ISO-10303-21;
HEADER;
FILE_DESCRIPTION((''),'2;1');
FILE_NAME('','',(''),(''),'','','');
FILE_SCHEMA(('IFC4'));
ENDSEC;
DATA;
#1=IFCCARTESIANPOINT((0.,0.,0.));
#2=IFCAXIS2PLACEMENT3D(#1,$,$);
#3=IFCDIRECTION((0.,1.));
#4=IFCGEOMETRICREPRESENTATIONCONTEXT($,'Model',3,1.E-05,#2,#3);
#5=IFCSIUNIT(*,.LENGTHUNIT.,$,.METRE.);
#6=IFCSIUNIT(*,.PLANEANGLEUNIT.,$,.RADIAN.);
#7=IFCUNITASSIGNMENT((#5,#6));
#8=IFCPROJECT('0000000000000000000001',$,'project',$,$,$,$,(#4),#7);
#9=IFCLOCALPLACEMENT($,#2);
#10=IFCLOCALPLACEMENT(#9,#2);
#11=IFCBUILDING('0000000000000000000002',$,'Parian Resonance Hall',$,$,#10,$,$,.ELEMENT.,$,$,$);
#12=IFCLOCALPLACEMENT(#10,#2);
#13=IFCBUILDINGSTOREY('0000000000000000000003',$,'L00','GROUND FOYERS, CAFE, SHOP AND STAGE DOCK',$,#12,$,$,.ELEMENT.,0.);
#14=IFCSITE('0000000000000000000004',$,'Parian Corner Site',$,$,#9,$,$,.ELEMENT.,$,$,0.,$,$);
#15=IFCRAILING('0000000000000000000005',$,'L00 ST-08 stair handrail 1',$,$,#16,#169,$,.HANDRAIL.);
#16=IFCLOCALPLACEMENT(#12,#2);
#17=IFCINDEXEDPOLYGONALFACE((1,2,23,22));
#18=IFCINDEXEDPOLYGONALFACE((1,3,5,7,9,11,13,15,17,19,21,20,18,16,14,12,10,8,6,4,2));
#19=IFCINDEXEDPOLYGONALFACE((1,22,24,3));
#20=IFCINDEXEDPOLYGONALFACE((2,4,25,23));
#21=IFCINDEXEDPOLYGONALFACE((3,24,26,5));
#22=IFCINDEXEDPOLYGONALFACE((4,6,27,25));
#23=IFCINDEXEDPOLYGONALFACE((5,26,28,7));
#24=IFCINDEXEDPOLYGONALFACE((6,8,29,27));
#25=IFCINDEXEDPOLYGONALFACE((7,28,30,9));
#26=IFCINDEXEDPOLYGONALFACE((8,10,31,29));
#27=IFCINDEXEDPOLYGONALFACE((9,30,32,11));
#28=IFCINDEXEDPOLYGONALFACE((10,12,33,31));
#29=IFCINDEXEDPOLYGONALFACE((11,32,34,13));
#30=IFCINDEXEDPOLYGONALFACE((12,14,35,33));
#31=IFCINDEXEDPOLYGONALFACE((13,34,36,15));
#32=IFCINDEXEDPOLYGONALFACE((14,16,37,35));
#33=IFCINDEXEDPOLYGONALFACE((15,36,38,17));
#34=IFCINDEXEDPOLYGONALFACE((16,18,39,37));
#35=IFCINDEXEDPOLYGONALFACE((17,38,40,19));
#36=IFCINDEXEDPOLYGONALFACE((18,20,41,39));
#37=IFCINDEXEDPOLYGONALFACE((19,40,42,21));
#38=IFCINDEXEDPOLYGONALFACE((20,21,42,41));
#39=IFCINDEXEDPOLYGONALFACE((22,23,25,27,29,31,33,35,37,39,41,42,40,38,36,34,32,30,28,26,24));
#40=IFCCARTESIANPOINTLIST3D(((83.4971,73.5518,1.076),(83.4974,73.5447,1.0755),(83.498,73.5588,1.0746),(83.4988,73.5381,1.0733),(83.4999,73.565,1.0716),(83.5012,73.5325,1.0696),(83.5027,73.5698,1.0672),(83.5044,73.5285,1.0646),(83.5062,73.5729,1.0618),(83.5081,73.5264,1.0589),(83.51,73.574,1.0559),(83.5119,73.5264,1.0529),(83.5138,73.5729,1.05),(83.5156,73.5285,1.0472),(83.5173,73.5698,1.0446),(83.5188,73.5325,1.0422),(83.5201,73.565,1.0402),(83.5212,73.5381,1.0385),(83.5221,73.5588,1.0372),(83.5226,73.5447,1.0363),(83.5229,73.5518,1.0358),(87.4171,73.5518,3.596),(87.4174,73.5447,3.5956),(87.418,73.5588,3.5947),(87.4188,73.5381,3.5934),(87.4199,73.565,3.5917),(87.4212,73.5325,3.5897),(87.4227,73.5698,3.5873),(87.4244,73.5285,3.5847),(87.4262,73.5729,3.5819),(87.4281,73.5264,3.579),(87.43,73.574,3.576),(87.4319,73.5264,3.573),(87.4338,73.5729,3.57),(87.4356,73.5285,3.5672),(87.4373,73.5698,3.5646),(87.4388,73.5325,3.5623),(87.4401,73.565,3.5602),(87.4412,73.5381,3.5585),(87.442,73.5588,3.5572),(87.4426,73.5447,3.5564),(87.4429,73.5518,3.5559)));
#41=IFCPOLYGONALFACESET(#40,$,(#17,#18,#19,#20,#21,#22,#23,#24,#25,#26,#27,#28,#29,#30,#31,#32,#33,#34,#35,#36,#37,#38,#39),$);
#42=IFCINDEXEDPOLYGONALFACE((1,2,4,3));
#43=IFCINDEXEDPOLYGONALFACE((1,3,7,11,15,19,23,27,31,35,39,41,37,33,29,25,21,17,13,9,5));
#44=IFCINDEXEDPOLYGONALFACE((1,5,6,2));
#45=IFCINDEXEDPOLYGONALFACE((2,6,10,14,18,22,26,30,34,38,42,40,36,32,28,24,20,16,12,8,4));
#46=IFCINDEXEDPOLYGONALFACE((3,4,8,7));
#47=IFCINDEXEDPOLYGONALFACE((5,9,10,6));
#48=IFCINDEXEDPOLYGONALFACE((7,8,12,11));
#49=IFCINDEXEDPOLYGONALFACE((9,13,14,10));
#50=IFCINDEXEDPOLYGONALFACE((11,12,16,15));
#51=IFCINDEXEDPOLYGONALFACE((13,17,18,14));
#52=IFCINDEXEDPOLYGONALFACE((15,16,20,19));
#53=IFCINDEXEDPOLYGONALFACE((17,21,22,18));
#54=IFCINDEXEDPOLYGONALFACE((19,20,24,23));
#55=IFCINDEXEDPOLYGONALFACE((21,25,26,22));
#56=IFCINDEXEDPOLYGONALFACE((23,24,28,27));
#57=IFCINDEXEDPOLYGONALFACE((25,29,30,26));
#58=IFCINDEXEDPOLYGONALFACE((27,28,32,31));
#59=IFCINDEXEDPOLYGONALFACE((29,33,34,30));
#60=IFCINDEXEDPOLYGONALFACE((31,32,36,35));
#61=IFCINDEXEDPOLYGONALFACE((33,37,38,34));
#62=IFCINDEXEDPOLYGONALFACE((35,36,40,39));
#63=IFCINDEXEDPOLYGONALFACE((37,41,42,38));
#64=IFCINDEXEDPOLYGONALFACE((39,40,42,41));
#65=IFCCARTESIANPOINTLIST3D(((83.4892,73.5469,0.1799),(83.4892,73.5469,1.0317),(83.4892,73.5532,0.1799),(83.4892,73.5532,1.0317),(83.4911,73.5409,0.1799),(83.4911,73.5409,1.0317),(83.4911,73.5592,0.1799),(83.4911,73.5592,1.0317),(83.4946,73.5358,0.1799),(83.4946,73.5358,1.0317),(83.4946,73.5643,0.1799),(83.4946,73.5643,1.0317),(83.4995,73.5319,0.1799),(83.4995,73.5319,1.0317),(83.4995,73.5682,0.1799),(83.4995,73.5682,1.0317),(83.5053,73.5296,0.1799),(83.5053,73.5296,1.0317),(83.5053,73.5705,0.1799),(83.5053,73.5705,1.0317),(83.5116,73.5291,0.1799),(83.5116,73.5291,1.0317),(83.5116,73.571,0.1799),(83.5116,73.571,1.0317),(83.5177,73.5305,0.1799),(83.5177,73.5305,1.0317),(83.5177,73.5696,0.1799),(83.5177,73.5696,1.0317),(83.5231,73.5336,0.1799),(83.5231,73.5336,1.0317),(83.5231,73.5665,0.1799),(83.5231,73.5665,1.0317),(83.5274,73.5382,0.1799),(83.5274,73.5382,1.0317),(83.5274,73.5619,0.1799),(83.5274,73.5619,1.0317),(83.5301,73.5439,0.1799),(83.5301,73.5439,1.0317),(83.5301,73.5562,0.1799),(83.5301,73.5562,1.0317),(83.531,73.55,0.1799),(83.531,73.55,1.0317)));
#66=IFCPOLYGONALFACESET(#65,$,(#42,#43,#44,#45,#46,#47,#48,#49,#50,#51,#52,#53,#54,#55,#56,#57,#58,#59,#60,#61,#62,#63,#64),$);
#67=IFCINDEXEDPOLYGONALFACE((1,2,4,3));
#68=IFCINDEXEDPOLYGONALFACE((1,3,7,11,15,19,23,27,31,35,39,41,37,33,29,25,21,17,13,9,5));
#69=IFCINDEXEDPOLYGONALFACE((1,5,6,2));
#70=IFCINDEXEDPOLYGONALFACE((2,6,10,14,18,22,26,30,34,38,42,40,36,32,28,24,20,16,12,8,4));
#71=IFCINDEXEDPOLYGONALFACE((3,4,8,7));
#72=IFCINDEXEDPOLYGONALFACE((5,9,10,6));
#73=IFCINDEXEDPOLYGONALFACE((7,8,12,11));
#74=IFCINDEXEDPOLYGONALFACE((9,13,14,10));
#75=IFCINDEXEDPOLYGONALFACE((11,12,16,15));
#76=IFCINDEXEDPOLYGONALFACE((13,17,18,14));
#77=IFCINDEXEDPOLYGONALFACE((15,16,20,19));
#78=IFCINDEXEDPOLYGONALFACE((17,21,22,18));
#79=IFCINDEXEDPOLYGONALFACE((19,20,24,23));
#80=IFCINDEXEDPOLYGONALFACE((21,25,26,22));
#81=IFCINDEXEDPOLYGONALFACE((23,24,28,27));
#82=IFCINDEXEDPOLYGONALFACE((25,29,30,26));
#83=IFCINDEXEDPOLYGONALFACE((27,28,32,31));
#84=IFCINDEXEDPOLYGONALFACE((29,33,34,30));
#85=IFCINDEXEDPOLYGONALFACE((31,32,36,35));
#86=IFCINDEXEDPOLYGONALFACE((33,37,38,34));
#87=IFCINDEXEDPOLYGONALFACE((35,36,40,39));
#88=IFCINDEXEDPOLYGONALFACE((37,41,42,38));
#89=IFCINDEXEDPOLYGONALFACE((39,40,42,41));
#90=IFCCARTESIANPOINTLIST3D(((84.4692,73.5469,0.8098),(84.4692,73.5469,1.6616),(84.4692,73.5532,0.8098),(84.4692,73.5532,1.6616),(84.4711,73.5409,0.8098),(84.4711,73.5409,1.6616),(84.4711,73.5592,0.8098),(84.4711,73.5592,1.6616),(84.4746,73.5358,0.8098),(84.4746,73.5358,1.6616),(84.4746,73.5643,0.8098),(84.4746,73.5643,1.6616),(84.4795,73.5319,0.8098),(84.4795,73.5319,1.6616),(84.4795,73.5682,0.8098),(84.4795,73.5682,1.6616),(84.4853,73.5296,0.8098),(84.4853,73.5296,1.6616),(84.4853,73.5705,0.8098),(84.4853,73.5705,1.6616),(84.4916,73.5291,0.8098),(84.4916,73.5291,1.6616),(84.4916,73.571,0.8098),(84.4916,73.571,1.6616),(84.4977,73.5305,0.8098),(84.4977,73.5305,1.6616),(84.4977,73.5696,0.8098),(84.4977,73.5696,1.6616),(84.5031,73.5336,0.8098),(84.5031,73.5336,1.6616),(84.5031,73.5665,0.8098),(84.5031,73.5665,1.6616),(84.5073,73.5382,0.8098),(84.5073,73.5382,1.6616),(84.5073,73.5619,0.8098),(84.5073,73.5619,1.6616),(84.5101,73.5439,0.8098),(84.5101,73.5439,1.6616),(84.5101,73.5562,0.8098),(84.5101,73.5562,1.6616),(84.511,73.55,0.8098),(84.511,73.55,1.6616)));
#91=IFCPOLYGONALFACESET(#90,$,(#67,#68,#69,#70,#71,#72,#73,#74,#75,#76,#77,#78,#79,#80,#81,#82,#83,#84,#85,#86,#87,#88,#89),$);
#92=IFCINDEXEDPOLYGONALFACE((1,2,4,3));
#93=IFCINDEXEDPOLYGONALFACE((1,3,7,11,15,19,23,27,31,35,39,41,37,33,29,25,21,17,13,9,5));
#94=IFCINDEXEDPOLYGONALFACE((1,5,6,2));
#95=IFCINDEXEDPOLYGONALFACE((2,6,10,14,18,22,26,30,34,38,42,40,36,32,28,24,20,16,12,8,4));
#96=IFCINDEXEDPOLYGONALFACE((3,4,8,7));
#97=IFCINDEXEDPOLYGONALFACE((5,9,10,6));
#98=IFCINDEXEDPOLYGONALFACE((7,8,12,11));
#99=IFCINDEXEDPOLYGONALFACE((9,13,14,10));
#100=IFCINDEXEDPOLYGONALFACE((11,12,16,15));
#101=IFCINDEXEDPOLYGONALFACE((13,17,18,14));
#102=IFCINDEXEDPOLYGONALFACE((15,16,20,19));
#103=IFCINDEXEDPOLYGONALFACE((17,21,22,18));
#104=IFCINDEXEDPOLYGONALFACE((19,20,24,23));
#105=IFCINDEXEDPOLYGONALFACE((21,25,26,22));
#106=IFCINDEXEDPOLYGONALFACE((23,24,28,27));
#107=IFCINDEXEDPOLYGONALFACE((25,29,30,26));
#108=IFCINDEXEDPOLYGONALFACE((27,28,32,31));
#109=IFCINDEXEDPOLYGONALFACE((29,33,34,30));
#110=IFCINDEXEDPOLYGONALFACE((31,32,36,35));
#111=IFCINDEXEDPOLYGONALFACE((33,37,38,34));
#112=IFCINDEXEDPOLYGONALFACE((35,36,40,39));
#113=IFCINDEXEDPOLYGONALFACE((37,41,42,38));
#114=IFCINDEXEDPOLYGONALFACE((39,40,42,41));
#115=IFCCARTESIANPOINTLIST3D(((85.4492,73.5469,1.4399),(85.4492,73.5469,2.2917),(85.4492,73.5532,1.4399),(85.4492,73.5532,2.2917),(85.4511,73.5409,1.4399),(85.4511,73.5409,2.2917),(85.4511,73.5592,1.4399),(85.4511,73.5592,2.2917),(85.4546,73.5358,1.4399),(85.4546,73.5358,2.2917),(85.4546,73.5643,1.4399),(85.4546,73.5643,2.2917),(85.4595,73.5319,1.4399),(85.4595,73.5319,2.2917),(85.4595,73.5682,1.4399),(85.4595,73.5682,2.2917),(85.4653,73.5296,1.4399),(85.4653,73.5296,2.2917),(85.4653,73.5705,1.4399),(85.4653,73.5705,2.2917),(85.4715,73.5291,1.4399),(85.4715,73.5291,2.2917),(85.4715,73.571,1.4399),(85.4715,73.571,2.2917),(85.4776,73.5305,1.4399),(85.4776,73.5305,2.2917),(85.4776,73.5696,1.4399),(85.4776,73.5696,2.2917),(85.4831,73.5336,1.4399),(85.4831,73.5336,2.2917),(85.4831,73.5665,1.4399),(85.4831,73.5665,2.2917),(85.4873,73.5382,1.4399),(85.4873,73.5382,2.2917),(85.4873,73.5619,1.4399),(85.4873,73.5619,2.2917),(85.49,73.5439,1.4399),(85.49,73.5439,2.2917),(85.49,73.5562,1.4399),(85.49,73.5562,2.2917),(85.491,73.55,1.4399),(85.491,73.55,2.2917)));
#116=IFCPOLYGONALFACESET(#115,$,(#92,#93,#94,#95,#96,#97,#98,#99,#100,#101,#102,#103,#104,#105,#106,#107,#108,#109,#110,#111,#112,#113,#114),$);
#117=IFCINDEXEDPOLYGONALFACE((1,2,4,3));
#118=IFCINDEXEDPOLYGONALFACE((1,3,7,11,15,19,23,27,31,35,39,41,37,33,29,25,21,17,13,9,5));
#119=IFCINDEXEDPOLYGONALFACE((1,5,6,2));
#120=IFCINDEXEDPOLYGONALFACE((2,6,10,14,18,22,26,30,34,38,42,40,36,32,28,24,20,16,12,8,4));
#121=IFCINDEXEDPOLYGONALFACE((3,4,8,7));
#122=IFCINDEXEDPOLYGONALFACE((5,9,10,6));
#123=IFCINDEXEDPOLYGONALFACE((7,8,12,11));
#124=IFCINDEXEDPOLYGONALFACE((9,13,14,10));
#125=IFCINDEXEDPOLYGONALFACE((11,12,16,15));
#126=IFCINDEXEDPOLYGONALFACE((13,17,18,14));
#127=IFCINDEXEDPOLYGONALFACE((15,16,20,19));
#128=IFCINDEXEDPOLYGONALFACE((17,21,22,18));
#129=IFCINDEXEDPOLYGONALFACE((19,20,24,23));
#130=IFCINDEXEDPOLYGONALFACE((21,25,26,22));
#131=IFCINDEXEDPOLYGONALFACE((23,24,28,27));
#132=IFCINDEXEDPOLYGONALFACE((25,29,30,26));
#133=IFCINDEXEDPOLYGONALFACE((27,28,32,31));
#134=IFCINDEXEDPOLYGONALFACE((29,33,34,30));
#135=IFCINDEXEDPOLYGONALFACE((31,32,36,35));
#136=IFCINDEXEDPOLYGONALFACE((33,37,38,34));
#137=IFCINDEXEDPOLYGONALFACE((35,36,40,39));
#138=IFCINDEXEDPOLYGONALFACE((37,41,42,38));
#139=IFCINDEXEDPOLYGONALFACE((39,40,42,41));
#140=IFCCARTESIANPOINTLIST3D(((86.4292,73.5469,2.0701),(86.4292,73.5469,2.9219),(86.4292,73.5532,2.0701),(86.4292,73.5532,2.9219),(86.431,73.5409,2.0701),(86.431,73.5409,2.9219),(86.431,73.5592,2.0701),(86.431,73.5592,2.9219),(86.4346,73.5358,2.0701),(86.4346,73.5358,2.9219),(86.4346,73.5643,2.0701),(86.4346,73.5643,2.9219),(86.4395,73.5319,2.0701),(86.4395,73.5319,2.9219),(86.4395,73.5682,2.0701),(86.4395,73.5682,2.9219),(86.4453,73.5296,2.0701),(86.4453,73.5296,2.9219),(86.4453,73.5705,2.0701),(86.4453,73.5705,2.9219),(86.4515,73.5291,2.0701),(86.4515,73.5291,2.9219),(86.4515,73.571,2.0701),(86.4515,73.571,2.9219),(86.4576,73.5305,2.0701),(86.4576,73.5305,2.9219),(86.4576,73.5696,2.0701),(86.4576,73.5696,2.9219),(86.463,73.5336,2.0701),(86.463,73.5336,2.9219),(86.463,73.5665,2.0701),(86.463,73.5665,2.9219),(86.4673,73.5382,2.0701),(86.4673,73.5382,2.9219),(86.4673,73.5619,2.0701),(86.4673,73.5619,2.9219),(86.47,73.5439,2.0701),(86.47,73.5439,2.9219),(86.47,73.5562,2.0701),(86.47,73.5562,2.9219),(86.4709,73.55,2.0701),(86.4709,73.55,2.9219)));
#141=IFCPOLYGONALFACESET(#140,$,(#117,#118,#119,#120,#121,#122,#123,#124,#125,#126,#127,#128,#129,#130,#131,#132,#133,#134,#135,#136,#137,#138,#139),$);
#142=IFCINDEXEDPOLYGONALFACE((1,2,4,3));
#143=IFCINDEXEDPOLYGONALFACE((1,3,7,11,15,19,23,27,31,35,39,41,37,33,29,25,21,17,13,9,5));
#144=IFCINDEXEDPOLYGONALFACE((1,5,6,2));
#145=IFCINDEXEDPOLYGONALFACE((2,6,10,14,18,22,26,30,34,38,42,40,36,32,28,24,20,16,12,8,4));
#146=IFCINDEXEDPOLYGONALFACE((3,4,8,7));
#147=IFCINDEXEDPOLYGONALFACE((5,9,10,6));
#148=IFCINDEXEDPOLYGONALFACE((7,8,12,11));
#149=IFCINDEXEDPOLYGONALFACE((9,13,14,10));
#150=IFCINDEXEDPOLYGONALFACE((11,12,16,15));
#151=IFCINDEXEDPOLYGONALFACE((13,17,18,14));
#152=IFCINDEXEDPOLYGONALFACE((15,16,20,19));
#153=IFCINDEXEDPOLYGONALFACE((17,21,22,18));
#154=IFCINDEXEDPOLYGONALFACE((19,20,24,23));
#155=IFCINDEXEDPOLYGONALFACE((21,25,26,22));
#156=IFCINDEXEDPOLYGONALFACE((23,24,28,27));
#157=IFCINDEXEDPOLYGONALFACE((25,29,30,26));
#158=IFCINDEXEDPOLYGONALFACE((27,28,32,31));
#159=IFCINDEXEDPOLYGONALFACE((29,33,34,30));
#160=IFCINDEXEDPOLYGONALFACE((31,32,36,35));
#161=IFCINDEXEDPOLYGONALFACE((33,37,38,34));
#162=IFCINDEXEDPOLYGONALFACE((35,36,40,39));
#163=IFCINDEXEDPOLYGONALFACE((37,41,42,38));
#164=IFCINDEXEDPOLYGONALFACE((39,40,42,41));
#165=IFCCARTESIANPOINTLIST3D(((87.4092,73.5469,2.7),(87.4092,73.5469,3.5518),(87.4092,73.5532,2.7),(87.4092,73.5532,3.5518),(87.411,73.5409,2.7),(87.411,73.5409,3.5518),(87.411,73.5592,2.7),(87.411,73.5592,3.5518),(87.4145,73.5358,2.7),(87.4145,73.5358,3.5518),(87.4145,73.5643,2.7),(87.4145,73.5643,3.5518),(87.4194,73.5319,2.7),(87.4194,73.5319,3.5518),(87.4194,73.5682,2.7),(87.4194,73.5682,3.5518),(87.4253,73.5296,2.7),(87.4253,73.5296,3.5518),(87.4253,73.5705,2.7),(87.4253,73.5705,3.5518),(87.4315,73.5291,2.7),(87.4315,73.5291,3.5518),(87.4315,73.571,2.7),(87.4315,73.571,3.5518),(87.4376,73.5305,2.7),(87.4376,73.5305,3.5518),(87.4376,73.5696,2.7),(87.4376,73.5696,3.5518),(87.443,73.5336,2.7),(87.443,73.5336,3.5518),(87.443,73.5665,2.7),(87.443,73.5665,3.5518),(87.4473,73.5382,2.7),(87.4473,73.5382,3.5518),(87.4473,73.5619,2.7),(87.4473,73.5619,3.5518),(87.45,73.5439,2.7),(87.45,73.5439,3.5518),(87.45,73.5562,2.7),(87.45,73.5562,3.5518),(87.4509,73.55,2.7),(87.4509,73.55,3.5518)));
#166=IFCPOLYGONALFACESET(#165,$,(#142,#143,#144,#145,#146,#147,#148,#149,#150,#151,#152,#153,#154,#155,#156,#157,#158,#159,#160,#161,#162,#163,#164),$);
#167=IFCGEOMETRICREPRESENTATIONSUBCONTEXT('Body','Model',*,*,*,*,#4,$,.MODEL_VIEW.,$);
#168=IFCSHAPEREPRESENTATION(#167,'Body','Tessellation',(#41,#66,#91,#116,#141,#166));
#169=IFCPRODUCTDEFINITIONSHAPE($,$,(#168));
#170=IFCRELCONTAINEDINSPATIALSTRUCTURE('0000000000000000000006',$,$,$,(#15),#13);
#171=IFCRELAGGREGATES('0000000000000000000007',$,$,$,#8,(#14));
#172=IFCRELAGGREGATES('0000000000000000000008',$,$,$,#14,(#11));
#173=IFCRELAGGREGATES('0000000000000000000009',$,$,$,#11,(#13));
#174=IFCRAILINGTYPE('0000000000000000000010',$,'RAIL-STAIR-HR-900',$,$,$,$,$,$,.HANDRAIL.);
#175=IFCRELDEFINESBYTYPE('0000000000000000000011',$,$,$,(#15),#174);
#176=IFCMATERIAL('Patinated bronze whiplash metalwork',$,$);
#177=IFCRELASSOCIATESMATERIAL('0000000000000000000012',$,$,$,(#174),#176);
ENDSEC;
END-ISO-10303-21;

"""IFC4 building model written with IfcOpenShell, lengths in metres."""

from ifc_helpers import new_model, si_unit, direction, frame, origin, origin_2d, place, context, subcontext, project, spatial, circle, extrude, material, type_object, element, save


model = new_model("IFC4")

# Units and contexts
model_context = context("Model", 3, precision=1e-05, world=origin(), true_north=direction((0.0, 1.0)))
body_context = subcontext(model_context, "Body", "Model", "MODEL_VIEW")
ifc_project = project(units=[si_unit("LENGTHUNIT", "METRE"), si_unit("PLANEANGLEUNIT", "RADIAN")], contexts=[model_context])

# Site, building, storey
site_placement = place(None, origin())
site = spatial("IfcSite", under=ifc_project, at=site_placement, Name="Parian Corner Site", CompositionType="ELEMENT", RefElevation=0.0)
building_placement = place(site_placement, origin())
building = spatial("IfcBuilding", under=site, at=building_placement, Name="Parian Resonance Hall", CompositionType="ELEMENT")
storey_placement = place(building_placement, origin())
storey = spatial("IfcBuildingStorey", under=building, at=storey_placement, Name="L00", Description="GROUND FOYERS, CAFE, SHOP AND STAGE DOCK", CompositionType="ELEMENT", Elevation=0.0)

# Railing
ifc_material_1 = material(Name="Patinated bronze whiplash metalwork")
railing_type_1 = type_object("IfcRailingType", Name="RAIL-STAIR-HR-900", PredefinedType="HANDRAIL", material=ifc_material_1)
railing_1_placement = place(storey_placement, frame((83.51, 73.55, 0.1799)))
element("IfcRailing", 1, at=railing_1_placement, inside=storey, type_object=railing_type_1, Name="L00 ST-08 stair handrail 1", PredefinedType="HANDRAIL", context=body_context, shape_type="SweptSolid", body=[
    extrude(circle(Radius=0.0239, at=origin_2d()), frame((0.0, 0.0, 0.876), z_axis=(0.841172, 0.0, 0.540768), x_axis=(0.0, 1.0, 0.0)), (0.0, 0.0, 1.0), 4.6602),
    extrude(circle(Radius=0.021, at=origin_2d()), origin(), (0.0, 0.0, 1.0), 0.8518),
    extrude(circle(Radius=0.021, at=origin_2d()), frame((0.98, 0.0, 0.6299)), (0.0, 0.0, 1.0), 0.8518),
    extrude(circle(Radius=0.021, at=origin_2d()), frame((1.96, 0.0, 1.26)), (0.0, 0.0, 1.0), 0.8518),
    extrude(circle(Radius=0.021, at=origin_2d()), frame((2.9399, 0.0, 1.8901)), (0.0, 0.0, 1.0), 0.8518),
    extrude(circle(Radius=0.021, at=origin_2d()), frame((3.9199, 0.0, 2.52)), (0.0, 0.0, 1.0), 0.8518),
])

save(model, "model.ifc")
